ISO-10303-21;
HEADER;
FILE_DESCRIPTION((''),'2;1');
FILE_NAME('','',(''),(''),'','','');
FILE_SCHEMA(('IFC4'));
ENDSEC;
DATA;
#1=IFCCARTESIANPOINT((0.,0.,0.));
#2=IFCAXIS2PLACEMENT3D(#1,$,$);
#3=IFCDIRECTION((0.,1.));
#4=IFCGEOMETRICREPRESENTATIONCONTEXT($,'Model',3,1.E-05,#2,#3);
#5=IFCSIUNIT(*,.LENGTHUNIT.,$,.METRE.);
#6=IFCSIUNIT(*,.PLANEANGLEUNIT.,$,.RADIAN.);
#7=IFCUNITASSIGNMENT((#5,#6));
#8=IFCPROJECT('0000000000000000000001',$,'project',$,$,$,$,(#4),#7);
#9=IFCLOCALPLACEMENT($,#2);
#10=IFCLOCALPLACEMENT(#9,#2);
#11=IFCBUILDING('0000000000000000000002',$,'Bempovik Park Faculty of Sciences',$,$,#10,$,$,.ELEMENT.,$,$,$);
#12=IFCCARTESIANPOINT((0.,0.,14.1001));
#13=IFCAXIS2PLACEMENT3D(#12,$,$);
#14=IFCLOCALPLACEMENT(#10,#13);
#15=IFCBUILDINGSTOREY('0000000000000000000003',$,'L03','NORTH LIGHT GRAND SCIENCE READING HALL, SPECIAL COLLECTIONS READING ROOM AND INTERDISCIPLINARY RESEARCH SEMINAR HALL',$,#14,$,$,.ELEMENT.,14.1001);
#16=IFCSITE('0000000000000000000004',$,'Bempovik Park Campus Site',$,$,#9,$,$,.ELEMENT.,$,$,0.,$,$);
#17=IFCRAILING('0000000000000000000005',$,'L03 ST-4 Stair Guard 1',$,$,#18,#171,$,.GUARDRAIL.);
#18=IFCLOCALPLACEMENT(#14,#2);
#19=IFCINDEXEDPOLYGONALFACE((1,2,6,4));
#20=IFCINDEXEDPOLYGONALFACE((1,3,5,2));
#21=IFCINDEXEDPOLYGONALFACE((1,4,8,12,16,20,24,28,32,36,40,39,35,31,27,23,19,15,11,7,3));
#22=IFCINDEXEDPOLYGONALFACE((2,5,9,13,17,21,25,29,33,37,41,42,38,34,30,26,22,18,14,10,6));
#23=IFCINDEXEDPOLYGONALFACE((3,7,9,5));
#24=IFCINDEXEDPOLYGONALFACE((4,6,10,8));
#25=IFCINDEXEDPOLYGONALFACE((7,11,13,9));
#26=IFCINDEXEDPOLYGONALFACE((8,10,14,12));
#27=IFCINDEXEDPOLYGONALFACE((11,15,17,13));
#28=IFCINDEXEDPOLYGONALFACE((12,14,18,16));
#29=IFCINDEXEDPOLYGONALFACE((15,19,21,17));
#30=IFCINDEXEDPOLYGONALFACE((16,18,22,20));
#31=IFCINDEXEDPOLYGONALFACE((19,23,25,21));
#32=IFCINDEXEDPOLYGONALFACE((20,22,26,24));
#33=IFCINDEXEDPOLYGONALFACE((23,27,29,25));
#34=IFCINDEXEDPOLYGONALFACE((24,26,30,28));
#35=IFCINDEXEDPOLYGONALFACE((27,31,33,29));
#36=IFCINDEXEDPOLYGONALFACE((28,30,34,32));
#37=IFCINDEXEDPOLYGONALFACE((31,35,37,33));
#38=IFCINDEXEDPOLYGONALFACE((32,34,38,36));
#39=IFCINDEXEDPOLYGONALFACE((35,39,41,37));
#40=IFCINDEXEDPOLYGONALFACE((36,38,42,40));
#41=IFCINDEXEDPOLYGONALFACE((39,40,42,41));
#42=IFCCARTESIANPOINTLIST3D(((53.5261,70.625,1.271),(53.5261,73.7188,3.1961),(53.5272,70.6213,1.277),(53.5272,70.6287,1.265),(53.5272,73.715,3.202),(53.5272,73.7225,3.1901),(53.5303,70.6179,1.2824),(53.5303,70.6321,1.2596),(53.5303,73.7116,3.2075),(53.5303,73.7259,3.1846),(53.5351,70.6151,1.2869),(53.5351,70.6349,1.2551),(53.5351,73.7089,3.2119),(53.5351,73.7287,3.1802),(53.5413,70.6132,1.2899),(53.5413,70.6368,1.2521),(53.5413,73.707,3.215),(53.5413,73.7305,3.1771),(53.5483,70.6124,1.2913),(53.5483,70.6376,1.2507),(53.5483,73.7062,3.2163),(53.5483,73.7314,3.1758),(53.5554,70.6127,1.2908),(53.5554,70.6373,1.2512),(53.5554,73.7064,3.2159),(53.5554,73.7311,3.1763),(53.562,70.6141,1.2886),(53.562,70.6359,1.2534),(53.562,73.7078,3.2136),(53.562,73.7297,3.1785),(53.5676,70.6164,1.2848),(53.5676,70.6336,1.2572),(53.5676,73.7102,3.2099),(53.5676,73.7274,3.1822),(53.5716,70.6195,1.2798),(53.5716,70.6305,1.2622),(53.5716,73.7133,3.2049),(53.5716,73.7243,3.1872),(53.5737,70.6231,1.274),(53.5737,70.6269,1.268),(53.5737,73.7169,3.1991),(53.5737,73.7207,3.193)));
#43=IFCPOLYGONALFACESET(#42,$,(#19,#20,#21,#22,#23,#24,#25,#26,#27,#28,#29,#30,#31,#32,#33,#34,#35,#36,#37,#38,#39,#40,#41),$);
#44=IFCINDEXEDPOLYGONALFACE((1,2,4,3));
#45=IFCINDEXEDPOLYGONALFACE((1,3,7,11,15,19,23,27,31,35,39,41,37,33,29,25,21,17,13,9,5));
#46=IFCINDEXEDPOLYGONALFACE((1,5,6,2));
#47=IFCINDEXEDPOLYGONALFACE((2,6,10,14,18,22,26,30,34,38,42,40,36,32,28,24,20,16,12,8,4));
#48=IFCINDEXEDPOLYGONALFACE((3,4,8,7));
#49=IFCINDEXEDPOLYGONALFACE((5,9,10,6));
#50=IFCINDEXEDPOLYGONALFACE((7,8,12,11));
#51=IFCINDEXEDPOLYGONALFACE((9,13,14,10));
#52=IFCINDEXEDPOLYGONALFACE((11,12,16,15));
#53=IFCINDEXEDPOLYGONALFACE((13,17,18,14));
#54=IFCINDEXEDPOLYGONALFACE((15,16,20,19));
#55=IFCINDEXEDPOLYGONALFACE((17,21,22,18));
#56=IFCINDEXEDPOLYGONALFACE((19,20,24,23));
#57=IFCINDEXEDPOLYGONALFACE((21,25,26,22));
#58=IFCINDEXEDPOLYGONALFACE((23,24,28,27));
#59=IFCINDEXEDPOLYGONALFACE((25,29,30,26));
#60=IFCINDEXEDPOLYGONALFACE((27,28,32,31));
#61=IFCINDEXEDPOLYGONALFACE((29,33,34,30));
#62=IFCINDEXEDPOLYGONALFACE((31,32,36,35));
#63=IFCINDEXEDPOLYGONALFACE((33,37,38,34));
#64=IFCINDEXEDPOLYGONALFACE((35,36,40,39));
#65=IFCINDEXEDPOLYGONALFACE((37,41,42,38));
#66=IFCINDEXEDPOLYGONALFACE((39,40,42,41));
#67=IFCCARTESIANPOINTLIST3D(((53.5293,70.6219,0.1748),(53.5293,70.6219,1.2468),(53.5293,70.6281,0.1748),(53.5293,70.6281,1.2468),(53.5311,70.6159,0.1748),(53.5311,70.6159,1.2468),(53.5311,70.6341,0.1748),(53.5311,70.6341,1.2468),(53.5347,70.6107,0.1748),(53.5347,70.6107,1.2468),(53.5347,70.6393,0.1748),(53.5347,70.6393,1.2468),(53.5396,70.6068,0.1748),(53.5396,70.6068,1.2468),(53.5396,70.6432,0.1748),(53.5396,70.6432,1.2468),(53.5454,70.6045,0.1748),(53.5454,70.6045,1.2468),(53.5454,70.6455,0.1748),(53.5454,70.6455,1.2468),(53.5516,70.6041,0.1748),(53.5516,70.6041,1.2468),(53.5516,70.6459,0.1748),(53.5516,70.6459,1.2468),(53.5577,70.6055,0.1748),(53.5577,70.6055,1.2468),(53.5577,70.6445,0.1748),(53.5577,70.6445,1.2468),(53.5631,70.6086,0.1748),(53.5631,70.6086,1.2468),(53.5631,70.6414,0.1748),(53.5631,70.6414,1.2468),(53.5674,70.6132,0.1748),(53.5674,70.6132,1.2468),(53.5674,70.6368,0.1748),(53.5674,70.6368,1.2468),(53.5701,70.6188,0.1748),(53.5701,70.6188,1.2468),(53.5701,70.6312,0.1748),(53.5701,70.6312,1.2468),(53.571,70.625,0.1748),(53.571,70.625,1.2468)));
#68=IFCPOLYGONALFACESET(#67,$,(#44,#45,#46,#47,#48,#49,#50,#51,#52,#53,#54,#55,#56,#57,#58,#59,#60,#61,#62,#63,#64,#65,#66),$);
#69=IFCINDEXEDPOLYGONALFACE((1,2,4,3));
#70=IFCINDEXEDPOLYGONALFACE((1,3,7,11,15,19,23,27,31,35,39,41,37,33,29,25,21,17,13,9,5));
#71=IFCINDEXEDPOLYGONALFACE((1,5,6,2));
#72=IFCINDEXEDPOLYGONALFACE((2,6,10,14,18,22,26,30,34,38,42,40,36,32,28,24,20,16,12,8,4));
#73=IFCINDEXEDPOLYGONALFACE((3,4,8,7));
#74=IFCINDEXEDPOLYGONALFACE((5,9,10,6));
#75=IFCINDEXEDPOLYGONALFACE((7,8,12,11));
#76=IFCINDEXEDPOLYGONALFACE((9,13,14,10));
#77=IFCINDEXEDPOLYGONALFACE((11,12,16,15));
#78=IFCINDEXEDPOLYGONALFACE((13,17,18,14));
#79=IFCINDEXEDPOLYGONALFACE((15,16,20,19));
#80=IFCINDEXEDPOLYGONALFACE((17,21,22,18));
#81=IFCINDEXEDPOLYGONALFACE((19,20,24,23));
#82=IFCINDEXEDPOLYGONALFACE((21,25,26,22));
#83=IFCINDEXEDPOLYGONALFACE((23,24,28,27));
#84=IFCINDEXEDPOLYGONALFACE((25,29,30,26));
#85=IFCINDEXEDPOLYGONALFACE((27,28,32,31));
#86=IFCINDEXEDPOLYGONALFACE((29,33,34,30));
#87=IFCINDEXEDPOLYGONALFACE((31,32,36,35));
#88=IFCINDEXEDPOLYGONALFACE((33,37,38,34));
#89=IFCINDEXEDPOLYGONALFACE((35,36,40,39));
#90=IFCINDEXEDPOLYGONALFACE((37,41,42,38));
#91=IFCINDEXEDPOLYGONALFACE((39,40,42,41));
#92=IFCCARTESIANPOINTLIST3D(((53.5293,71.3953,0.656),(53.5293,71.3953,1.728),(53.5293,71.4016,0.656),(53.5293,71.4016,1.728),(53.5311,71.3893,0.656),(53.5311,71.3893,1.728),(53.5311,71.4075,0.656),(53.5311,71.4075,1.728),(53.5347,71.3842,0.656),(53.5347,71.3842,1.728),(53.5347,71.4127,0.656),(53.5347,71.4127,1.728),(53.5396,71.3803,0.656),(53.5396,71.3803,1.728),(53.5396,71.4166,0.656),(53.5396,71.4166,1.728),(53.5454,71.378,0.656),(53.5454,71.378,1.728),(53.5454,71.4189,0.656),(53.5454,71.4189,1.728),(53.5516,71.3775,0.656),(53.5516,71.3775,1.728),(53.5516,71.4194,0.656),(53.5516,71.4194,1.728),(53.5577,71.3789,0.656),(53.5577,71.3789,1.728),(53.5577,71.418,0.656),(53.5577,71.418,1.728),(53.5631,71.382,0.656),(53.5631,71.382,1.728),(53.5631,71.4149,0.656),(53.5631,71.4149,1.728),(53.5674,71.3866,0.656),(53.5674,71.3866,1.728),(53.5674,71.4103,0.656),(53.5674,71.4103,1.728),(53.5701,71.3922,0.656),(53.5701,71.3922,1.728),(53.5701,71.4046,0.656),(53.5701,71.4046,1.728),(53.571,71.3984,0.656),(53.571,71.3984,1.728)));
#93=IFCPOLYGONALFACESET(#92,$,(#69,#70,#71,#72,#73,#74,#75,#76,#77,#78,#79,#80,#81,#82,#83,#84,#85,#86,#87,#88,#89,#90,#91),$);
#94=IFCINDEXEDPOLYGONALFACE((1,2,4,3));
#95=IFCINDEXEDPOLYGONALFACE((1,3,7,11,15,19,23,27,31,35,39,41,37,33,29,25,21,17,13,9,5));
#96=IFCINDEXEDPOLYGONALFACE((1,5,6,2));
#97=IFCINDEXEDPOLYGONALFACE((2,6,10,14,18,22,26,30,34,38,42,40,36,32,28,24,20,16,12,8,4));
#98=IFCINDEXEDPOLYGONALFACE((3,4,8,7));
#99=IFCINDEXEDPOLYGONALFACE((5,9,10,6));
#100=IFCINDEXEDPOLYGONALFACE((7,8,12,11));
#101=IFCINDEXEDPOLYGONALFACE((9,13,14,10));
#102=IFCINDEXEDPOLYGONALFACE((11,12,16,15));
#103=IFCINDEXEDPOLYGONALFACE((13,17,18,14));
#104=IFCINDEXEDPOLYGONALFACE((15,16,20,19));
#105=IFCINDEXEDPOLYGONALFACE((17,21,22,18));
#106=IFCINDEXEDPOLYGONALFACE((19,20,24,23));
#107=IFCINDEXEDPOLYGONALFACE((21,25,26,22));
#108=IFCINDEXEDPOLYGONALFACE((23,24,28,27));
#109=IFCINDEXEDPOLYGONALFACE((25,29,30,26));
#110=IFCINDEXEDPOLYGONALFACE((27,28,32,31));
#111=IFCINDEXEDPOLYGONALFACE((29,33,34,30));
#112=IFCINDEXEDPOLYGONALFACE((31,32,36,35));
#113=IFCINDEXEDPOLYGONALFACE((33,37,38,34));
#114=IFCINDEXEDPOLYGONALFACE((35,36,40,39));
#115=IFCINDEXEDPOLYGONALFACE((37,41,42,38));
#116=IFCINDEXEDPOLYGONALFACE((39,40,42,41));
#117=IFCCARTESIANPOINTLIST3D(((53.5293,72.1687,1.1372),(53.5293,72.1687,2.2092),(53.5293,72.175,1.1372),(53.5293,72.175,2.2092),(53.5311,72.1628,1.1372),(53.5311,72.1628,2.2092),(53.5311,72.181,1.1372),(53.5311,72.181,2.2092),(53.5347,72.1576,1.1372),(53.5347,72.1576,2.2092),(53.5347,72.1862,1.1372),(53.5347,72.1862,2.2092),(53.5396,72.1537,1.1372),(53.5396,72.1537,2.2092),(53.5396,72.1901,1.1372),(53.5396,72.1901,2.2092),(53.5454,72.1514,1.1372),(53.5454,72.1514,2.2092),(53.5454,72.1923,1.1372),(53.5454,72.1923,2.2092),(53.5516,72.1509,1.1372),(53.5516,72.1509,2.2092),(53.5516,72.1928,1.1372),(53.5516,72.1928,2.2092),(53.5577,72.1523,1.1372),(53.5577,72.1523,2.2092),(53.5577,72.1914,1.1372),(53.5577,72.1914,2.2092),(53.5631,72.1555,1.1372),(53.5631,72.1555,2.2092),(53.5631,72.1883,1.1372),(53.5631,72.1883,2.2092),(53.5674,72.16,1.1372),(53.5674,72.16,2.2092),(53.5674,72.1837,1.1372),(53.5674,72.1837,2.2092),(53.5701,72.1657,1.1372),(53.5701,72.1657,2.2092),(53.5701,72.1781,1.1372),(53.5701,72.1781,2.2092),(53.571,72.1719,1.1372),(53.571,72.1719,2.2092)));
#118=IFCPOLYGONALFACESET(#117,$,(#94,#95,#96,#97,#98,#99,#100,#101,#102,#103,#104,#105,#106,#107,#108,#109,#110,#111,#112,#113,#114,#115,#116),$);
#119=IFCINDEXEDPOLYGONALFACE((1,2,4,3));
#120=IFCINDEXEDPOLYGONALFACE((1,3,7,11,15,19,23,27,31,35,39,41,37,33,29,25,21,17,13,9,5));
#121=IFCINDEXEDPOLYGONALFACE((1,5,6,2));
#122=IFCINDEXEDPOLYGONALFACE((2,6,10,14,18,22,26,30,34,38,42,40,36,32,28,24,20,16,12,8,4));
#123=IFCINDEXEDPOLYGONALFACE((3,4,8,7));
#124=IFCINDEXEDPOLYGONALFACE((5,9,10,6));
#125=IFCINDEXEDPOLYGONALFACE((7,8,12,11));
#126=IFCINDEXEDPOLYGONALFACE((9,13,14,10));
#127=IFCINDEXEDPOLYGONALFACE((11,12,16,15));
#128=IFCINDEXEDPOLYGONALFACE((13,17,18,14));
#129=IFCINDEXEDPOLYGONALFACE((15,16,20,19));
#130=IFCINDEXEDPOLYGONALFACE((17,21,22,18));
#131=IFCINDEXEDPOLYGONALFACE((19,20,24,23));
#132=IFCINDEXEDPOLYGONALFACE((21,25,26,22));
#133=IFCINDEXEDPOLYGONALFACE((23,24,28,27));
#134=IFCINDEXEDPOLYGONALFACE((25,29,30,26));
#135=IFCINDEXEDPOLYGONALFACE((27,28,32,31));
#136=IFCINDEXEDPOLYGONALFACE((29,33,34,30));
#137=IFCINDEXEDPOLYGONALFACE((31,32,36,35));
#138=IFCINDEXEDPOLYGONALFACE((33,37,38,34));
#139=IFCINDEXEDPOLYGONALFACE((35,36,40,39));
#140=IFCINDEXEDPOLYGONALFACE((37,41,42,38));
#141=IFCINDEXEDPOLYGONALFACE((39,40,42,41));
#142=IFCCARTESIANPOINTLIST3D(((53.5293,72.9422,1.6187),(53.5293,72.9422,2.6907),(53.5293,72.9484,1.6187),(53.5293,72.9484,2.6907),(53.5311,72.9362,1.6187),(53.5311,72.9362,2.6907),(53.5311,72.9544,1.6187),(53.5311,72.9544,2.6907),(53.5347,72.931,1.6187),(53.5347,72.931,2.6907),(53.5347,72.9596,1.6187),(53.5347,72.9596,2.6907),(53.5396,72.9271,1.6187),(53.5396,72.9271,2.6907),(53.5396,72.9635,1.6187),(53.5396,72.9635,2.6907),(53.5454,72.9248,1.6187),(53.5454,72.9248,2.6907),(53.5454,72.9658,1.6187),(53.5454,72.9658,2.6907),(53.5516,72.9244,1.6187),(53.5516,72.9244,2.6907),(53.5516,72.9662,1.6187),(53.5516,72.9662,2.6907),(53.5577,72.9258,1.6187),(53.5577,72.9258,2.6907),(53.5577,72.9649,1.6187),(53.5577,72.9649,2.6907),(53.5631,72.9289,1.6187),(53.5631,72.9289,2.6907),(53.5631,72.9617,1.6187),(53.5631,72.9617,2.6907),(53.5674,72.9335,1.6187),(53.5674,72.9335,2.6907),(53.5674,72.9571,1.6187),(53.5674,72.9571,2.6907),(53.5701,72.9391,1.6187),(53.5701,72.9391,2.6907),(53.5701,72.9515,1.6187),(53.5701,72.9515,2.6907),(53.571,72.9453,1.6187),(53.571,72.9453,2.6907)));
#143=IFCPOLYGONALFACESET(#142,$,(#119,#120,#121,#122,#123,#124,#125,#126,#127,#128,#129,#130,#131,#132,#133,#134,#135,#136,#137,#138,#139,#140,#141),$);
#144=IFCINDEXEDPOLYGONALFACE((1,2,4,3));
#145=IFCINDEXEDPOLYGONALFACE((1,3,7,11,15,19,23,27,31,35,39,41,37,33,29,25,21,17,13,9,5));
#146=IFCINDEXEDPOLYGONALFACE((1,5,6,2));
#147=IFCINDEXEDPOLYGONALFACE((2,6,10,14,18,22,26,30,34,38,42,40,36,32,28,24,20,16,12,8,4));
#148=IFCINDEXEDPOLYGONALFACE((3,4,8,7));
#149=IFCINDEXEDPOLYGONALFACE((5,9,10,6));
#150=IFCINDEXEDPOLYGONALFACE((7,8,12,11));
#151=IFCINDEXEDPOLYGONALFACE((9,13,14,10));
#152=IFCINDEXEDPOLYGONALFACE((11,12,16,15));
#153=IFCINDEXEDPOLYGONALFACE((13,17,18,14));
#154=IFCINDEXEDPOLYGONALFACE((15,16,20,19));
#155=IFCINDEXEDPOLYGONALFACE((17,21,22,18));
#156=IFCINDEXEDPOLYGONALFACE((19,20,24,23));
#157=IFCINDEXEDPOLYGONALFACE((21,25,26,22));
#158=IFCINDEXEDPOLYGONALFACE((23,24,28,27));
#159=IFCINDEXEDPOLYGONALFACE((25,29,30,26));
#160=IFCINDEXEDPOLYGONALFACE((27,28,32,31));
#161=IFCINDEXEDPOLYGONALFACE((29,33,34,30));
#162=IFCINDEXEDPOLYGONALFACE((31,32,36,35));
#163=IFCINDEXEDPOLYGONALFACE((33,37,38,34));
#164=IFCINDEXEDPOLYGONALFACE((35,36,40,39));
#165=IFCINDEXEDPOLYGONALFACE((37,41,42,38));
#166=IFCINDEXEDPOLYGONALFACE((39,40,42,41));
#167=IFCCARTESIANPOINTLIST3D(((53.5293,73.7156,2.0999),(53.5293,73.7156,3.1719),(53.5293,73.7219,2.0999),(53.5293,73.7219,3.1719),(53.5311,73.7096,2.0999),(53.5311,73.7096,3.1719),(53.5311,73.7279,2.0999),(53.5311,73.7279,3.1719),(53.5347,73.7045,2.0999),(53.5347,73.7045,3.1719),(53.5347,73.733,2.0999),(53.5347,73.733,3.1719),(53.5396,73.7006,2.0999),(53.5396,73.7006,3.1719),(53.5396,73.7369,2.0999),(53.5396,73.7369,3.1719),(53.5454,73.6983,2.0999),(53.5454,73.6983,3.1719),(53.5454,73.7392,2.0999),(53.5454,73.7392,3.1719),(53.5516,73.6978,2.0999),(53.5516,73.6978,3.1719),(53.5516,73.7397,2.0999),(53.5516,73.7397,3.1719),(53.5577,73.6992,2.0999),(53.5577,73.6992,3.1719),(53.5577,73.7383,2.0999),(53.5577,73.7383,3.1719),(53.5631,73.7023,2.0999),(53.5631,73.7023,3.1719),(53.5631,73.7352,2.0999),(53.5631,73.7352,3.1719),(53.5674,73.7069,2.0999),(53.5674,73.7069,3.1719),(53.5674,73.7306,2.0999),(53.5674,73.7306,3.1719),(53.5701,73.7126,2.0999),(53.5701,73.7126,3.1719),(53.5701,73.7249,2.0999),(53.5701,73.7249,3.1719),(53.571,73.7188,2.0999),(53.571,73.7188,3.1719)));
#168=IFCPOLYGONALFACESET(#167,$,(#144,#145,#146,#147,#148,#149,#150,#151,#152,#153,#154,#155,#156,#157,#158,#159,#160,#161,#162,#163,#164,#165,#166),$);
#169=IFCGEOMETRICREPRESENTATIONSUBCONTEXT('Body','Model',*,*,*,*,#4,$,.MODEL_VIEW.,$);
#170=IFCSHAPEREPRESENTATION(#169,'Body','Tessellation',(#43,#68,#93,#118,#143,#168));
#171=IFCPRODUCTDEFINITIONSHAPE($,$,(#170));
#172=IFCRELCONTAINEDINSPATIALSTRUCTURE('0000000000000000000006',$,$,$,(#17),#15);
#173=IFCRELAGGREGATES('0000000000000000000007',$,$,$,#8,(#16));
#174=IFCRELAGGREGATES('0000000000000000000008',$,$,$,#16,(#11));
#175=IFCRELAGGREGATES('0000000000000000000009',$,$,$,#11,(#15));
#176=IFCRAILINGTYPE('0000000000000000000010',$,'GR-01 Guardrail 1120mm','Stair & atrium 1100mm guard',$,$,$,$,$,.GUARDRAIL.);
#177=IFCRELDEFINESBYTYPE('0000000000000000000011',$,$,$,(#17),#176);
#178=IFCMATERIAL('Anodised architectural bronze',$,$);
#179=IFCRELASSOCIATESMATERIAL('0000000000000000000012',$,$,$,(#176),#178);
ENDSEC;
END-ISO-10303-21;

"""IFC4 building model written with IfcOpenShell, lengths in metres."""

from ifc_helpers import new_model, si_unit, direction, frame, origin, origin_2d, place, context, subcontext, project, spatial, circle, extrude, material, type_object, element, save


model = new_model("IFC4")

# Units and contexts
model_context = context("Model", 3, precision=1e-05, world=origin(), true_north=direction((0.0, 1.0)))
body_context = subcontext(model_context, "Body", "Model", "MODEL_VIEW")
ifc_project = project(units=[si_unit("LENGTHUNIT", "METRE"), si_unit("PLANEANGLEUNIT", "RADIAN")], contexts=[model_context])

# Site, building, storey
site_placement = place(None, origin())
site = spatial("IfcSite", under=ifc_project, at=site_placement, Name="Bempovik Park Campus Site", CompositionType="ELEMENT", RefElevation=0.0)
building_placement = place(site_placement, origin())
building = spatial("IfcBuilding", under=site, at=building_placement, Name="Bempovik Park Faculty of Sciences", CompositionType="ELEMENT")
storey_placement = place(building_placement, frame((0.0, 0.0, 14.1001)))
storey = spatial("IfcBuildingStorey", under=building, at=storey_placement, Name="L03", Description="NORTH LIGHT GRAND SCIENCE READING HALL, SPECIAL COLLECTIONS READING ROOM AND INTERDISCIPLINARY RESEARCH SEMINAR HALL", CompositionType="ELEMENT", Elevation=14.1001)

# Shared definitions
ifc_material_1 = material(Name="Anodised architectural bronze")

# Railing
railing_type_1 = type_object("IfcRailingType", Name="GR-01 Guardrail 1120mm", Description="Stair & atrium 1100mm guard", PredefinedType="GUARDRAIL", material=ifc_material_1)
railing_1_placement = place(storey_placement, frame((53.55, 70.625, 0.1748)))
element("IfcRailing", 1, at=railing_1_placement, inside=storey, type_object=railing_type_1, Name="L03 ST-4 Stair Guard 1", PredefinedType="GUARDRAIL", context=body_context, shape_type="SweptSolid", body=[
    extrude(circle(Radius=0.0239, at=origin_2d()), frame((0.0, 0.0, 1.0962), z_axis=(0.0, 0.849051, 0.528312), x_axis=(-1.0, 0.0, 0.0)), (0.0, 0.0, 1.0), 3.6438),
    extrude(circle(Radius=0.021, at=origin_2d()), origin(), (0.0, 0.0, 1.0), 1.072),
    extrude(circle(Radius=0.021, at=origin_2d()), frame((0.0, 0.7734, 0.4812)), (0.0, 0.0, 1.0), 1.072),
    extrude(circle(Radius=0.021, at=origin_2d()), frame((0.0, 1.5469, 0.9624)), (0.0, 0.0, 1.0), 1.072),
    extrude(circle(Radius=0.021, at=origin_2d()), frame((0.0, 2.3203, 1.4438)), (0.0, 0.0, 1.0), 1.072),
    extrude(circle(Radius=0.021, at=origin_2d()), frame((0.0, 3.0938, 1.925)), (0.0, 0.0, 1.0), 1.072),
])

save(model, "model.ifc")
